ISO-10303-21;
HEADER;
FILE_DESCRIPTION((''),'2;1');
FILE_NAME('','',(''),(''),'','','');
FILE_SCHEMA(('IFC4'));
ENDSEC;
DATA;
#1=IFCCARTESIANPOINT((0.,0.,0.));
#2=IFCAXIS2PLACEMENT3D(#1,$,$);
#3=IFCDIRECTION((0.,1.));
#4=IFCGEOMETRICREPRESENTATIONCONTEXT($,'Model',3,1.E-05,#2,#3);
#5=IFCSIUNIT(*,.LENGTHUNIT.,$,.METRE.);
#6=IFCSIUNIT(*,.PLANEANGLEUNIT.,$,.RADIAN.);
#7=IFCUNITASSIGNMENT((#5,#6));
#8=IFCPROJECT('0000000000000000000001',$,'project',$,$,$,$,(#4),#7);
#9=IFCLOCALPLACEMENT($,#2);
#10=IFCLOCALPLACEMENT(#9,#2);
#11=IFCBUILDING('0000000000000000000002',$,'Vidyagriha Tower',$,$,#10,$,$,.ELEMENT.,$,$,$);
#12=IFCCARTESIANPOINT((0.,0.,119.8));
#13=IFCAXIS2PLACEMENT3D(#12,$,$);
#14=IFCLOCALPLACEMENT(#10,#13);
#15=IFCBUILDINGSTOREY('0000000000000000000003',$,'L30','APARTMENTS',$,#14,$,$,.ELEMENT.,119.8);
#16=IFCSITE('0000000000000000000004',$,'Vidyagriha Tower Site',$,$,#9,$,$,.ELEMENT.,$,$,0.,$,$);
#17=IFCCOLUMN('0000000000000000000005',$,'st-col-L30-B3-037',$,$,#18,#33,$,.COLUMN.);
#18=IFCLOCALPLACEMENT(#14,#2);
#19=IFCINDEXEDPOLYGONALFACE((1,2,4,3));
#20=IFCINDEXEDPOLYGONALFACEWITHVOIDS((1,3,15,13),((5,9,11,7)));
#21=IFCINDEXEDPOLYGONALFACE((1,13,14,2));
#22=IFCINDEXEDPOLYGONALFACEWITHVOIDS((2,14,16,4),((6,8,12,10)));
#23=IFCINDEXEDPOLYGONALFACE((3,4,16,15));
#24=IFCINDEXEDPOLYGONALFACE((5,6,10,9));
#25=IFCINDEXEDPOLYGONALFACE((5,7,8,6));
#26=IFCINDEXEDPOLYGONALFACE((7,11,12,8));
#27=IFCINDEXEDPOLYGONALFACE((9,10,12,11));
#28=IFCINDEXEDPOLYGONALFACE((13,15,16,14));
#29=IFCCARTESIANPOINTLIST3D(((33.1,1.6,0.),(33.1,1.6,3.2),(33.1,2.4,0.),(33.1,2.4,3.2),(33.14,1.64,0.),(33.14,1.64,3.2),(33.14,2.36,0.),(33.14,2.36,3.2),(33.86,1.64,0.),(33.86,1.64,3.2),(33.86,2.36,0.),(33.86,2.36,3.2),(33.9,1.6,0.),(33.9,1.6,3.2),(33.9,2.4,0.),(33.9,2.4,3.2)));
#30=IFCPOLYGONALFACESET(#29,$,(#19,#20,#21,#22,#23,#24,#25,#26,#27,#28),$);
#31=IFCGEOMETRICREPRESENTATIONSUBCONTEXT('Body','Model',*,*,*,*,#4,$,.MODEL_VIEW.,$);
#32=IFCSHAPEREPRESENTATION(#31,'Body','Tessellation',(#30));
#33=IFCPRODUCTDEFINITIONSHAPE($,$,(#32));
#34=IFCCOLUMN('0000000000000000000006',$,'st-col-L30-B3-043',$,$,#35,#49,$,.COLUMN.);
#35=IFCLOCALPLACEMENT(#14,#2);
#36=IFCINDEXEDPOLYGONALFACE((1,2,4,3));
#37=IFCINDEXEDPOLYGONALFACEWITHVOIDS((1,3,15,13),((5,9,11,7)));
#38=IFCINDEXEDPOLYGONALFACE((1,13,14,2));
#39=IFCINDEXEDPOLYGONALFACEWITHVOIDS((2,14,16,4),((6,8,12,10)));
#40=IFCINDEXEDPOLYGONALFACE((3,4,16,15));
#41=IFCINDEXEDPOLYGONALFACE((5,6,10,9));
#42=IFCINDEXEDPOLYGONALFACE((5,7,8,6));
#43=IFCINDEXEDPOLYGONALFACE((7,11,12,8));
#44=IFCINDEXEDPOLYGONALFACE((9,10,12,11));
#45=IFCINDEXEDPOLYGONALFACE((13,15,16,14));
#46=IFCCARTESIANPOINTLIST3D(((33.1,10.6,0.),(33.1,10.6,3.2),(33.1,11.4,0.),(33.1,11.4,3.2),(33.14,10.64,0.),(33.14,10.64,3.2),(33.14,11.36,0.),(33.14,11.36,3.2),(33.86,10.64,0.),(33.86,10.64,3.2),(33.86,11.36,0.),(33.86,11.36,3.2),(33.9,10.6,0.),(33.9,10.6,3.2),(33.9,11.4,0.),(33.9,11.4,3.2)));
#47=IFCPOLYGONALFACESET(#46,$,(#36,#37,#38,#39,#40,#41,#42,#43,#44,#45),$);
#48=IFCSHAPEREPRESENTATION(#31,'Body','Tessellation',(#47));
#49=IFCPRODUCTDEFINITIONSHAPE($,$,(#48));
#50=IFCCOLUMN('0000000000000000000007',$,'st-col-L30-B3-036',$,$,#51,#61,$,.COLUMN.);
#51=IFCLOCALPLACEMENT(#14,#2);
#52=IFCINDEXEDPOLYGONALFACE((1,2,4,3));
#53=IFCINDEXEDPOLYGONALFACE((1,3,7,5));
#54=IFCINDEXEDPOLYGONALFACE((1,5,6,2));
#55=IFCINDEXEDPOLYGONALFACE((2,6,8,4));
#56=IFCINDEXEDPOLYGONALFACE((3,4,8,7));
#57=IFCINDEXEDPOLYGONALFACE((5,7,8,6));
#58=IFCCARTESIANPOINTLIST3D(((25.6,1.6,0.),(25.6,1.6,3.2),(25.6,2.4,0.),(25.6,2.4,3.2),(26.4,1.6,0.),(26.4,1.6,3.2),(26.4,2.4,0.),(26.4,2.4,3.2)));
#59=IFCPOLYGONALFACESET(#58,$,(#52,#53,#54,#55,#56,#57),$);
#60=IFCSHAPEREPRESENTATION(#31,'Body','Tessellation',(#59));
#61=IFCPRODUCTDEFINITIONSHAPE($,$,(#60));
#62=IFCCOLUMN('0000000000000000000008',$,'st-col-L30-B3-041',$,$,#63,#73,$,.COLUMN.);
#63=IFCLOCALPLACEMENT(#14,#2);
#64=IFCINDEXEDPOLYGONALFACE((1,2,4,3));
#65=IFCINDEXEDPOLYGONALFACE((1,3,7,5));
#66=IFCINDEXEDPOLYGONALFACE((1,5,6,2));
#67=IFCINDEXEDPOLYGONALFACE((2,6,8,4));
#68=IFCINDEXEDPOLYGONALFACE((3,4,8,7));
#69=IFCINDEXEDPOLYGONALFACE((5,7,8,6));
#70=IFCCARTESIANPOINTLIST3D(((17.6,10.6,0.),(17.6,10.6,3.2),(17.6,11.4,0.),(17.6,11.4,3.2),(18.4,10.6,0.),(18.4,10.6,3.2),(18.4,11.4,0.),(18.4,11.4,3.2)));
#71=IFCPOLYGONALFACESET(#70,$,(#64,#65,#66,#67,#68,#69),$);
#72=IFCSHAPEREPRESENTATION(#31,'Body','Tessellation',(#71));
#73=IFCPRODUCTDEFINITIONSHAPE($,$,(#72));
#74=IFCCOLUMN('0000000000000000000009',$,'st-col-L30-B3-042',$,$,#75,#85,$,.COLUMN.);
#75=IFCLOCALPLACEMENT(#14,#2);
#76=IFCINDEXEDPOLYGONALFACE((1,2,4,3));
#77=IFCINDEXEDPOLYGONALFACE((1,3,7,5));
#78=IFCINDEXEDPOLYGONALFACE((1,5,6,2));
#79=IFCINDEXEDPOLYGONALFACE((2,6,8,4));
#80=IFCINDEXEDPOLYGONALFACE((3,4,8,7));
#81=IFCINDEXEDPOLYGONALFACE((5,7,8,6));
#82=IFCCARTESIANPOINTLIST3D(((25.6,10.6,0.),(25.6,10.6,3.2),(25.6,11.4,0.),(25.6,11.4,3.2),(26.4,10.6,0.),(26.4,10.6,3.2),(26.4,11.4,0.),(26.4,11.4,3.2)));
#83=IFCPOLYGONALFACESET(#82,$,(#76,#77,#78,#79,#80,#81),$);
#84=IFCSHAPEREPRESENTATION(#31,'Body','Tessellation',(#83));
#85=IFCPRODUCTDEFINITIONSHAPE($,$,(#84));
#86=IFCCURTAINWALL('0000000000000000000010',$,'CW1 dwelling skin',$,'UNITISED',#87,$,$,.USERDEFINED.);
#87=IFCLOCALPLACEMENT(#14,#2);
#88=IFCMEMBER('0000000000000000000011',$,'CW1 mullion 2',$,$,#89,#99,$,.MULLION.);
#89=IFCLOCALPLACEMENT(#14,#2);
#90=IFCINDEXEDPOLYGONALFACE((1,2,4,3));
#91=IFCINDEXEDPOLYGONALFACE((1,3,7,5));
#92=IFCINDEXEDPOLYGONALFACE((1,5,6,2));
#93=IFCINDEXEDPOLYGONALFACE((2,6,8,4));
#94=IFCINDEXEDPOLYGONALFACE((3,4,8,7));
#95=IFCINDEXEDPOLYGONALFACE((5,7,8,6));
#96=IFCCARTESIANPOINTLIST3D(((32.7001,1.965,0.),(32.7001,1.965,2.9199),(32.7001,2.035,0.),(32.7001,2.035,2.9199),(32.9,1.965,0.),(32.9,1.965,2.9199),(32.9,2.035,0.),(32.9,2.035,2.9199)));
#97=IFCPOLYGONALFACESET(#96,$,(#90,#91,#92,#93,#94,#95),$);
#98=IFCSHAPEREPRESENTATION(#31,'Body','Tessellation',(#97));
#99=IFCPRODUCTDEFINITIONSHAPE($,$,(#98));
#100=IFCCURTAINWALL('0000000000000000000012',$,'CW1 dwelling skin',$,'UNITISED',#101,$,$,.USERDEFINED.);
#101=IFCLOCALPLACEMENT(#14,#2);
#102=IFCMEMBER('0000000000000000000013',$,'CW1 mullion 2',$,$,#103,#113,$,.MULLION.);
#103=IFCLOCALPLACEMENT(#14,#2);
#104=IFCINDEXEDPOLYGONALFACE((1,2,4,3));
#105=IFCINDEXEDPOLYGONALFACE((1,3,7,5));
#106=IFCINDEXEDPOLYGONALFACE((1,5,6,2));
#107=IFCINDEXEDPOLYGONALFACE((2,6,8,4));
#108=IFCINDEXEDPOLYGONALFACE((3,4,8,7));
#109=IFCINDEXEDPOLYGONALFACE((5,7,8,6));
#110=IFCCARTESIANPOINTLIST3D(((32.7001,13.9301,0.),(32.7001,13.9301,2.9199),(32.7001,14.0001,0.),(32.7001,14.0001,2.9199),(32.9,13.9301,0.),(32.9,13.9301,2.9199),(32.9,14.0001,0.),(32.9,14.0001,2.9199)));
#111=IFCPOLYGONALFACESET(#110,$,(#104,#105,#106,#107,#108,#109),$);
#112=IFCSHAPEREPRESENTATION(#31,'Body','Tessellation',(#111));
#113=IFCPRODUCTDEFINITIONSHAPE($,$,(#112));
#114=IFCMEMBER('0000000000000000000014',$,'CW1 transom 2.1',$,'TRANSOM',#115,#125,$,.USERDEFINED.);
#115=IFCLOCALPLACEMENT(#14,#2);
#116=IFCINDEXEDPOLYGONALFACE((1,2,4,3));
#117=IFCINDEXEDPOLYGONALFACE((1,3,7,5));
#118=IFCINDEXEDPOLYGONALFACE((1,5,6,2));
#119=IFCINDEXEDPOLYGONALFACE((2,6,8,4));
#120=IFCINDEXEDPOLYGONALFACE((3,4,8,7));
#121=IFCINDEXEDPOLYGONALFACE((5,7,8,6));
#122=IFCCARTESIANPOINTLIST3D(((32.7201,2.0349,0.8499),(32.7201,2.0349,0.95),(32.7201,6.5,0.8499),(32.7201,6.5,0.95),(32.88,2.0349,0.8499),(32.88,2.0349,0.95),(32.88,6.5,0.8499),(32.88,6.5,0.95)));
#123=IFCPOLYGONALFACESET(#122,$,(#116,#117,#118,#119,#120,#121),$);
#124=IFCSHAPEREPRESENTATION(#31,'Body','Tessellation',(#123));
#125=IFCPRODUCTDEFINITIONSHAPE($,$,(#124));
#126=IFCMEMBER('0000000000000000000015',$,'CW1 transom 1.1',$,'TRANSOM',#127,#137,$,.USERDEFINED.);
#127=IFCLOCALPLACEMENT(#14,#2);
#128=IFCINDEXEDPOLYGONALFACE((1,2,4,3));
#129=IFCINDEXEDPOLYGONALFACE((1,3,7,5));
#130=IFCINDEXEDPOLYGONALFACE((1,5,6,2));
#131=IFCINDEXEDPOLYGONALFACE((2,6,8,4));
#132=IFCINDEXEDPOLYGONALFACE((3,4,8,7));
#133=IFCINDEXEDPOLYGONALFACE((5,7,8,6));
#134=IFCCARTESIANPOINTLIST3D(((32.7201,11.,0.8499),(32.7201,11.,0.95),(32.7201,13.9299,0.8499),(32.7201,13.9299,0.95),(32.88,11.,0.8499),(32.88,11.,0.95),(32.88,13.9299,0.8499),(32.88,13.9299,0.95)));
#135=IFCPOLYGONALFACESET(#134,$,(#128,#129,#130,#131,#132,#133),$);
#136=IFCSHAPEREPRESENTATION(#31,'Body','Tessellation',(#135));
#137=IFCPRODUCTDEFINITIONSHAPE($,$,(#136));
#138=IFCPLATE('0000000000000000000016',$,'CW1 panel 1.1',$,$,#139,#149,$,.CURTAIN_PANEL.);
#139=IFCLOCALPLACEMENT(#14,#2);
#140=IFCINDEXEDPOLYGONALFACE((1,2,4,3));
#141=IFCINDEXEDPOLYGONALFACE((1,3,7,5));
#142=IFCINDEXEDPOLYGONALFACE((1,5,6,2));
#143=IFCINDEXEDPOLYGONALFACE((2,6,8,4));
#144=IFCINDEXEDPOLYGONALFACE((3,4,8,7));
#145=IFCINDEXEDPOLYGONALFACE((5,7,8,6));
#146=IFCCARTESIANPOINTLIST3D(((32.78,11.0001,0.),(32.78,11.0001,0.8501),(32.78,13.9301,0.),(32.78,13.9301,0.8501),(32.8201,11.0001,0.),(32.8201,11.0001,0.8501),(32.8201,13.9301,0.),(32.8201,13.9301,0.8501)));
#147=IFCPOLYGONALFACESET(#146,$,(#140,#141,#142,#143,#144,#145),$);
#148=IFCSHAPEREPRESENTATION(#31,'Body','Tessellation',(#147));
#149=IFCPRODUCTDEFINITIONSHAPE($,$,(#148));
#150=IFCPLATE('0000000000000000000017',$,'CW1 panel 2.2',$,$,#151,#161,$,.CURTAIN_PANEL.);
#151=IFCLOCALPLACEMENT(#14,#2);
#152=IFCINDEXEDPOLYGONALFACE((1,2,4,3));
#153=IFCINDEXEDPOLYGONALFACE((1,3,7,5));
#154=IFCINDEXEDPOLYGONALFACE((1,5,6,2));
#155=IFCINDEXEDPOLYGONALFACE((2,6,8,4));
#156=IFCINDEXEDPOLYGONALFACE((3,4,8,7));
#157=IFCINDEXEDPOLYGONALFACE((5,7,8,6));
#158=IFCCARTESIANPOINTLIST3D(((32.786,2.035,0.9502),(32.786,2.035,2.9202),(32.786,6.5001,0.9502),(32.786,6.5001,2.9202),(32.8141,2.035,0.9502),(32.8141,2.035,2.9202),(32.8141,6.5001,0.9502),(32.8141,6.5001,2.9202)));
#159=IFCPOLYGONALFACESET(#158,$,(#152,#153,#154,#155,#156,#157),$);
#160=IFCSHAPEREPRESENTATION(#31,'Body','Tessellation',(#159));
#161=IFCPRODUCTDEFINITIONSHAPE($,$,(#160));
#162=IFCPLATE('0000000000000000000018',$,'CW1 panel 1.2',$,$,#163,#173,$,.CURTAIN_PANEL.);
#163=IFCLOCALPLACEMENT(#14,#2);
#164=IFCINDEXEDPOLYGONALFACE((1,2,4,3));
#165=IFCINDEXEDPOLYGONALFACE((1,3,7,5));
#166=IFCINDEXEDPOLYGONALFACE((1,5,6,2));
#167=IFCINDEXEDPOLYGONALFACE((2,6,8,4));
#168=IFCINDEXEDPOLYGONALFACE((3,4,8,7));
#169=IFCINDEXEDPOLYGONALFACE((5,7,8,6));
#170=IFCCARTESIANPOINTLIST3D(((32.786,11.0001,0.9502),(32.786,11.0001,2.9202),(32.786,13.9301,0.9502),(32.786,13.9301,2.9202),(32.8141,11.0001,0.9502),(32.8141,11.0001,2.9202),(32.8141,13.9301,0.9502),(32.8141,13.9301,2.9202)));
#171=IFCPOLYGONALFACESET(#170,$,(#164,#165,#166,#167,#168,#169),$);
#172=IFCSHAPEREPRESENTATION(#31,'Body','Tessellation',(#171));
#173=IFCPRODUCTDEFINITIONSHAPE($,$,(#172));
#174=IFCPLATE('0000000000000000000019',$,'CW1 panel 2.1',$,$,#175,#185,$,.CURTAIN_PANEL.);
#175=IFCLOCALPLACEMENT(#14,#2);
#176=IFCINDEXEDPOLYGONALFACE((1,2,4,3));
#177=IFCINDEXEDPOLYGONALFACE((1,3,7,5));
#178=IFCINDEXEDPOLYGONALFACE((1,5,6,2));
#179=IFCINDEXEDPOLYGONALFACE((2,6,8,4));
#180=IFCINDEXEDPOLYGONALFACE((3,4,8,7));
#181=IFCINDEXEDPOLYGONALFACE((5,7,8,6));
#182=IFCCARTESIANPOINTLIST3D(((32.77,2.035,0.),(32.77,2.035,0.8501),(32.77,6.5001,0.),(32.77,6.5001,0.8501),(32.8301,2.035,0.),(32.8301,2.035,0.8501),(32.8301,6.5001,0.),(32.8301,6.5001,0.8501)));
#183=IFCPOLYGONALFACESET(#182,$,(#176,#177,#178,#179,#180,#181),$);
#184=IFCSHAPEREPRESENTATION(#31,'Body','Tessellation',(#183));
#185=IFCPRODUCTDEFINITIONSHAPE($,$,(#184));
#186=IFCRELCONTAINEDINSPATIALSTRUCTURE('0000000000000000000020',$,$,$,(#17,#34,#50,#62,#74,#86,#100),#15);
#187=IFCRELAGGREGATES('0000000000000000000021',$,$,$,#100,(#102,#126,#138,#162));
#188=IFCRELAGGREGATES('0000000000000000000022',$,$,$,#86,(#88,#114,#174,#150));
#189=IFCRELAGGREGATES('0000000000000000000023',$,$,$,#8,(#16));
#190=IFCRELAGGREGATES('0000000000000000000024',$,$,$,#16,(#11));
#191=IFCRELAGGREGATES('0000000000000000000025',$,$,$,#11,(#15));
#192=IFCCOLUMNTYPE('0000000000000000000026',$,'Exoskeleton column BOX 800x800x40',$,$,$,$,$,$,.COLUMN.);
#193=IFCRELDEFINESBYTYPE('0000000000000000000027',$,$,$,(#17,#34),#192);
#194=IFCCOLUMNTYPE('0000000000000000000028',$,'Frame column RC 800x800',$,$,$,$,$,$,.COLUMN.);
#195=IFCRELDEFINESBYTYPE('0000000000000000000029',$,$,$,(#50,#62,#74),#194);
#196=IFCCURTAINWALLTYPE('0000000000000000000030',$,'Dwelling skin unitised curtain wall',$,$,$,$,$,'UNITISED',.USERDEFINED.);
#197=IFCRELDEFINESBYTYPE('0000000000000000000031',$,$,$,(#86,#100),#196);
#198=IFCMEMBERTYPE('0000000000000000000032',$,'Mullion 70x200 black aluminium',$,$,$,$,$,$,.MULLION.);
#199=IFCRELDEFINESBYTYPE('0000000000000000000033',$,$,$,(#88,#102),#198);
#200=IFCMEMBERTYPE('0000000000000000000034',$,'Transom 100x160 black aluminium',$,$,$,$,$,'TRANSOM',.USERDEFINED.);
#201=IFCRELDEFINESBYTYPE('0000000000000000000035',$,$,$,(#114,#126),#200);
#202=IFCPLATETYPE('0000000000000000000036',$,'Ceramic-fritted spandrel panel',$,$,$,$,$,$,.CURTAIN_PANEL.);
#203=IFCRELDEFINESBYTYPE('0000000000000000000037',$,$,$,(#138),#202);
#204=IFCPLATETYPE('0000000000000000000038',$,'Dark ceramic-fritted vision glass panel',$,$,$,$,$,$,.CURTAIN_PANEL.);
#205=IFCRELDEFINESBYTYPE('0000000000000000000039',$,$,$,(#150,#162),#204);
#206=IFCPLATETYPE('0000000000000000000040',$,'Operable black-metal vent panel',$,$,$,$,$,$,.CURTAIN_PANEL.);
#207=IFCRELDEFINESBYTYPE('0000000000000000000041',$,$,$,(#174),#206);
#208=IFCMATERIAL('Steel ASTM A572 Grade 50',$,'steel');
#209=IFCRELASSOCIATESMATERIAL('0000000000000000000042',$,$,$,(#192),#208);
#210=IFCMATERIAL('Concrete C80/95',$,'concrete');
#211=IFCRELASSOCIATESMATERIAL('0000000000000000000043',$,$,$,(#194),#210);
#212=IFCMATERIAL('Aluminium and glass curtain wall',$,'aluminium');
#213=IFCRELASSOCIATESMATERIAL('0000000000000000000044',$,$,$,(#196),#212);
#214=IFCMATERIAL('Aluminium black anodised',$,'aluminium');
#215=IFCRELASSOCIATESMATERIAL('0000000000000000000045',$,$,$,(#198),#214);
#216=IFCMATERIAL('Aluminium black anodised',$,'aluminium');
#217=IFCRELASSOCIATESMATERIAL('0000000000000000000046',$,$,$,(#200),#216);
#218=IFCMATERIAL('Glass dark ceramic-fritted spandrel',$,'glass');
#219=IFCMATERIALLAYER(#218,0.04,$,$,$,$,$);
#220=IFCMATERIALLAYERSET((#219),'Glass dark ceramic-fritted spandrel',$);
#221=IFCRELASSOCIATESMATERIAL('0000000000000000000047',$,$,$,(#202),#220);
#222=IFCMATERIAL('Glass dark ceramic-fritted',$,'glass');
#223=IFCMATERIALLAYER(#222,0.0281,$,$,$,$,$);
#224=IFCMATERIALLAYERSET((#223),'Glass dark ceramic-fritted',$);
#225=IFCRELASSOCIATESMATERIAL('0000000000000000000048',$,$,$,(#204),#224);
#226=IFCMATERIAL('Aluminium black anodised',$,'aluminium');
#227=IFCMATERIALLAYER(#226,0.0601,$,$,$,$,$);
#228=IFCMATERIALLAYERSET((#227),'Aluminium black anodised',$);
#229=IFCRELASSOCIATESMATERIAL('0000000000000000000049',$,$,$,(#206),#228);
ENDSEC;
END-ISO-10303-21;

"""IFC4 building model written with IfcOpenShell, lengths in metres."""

from ifc_helpers import new_model, si_unit, direction, frame, origin, origin_2d, place, context, subcontext, project, spatial, rectangle, hollow_rectangle, extrude, material, layer, layer_set, material_profile, profile_set, type_object, element, aggregate, save


model = new_model("IFC4")

# Units and contexts
model_context = context("Model", 3, precision=1e-05, world=origin(), true_north=direction((0.0, 1.0)))
body_context = subcontext(model_context, "Body", "Model", "MODEL_VIEW")
ifc_project = project(units=[si_unit("LENGTHUNIT", "METRE"), si_unit("PLANEANGLEUNIT", "RADIAN")], contexts=[model_context])

# Site, building, storey
site_placement = place(None, origin())
site = spatial("IfcSite", under=ifc_project, at=site_placement, Name="Vidyagriha Tower Site", CompositionType="ELEMENT", RefElevation=0.0)
building_placement = place(site_placement, origin())
building = spatial("IfcBuilding", under=site, at=building_placement, Name="Vidyagriha Tower", CompositionType="ELEMENT")
storey_placement = place(building_placement, frame((0.0, 0.0, 119.8)))
storey = spatial("IfcBuildingStorey", under=building, at=storey_placement, Name="L30", Description="APARTMENTS", CompositionType="ELEMENT", Elevation=119.8)

# Columns
ifc_material_1 = material(Name="Steel ASTM A572 Grade 50", Category="steel")
ifc_material_profile_1 = material_profile(ifc_material_1, hollow_rectangle(XDim=0.8, YDim=0.8, WallThickness=0.04, at=origin_2d()), Name="BOX 800x800x40")
ifc_profile_set_1 = profile_set([ifc_material_profile_1], Name="Steel ASTM A572 Grade 50")
column_type_1 = type_object("IfcColumnType", Name="Exoskeleton column BOX 800x800x40", PredefinedType="COLUMN", material=ifc_profile_set_1)
for number, where, name in (
    (1, (33.5, 2.0, 0.0), "st-col-L30-B3-037"),
    (2, (33.5, 11.0, 0.0), "st-col-L30-B3-043"),
):
    element("IfcColumn", number, at=place(storey_placement, frame(where)), inside=storey, type_object=column_type_1, Name=name, PredefinedType="COLUMN", context=body_context, shape_type="SweptSolid", body=[
        extrude(hollow_rectangle(XDim=0.8, YDim=0.8, WallThickness=0.04, at=origin_2d()), origin(), (0.0, 0.0, 1.0), 3.2),
    ])
ifc_material_2 = material(Name="Concrete C80/95", Category="concrete")
ifc_material_profile_2 = material_profile(ifc_material_2, rectangle(XDim=0.8, YDim=0.8, at=origin_2d()), Name="RC 800x800")
ifc_profile_set_2 = profile_set([ifc_material_profile_2], Name="Concrete C80/95")
column_type_2 = type_object("IfcColumnType", Name="Frame column RC 800x800", PredefinedType="COLUMN", material=ifc_profile_set_2)
for number, where, name in (
    (3, (26.0, 2.0, 0.0), "st-col-L30-B3-036"),
    (4, (18.0, 11.0, 0.0), "st-col-L30-B3-041"),
    (5, (26.0, 11.0, 0.0), "st-col-L30-B3-042"),
):
    element("IfcColumn", number, at=place(storey_placement, frame(where)), inside=storey, type_object=column_type_2, Name=name, PredefinedType="COLUMN", context=body_context, shape_type="SweptSolid", body=[
        extrude(rectangle(XDim=0.8, YDim=0.8, at=origin_2d()), origin(), (0.0, 0.0, 1.0), 3.2),
    ])

# Curtain walls, members
ifc_material_3 = material(Name="Aluminium and glass curtain wall", Category="aluminium")
curtain_wall_type = type_object("IfcCurtainWallType", Name="Dwelling skin unitised curtain wall", ElementType="UNITISED", PredefinedType="USERDEFINED", material=ifc_material_3)
curtain_wall_1_placement = place(storey_placement, origin())
curtain_wall_1 = element("IfcCurtainWall", 6, at=curtain_wall_1_placement, inside=storey, type_object=curtain_wall_type, Name="CW1 dwelling skin", ObjectType="UNITISED", PredefinedType="USERDEFINED")
ifc_material_4 = material(Name="Aluminium black anodised", Category="aluminium")
ifc_material_profile_3 = material_profile(ifc_material_4, rectangle(XDim=0.2, YDim=0.0701, at=origin_2d()), Name="Mullion 70x200 black aluminium")
ifc_profile_set_3 = profile_set([ifc_material_profile_3], Name="Aluminium black anodised")
member_type_1 = type_object("IfcMemberType", Name="Mullion 70x200 black aluminium", PredefinedType="MULLION", material=ifc_profile_set_3)
member_1_placement = place(storey_placement, frame((32.8, 2.0, 0.0), z_axis=(0.0, 0.0, 1.0), x_axis=(-1.0, 0.0, 0.0)))
member_1 = element("IfcMember", 7, at=member_1_placement, type_object=member_type_1, Name="CW1 mullion 2", PredefinedType="MULLION", context=body_context, shape_type="SweptSolid", body=[
    extrude(rectangle(XDim=0.2, YDim=0.0701, at=origin_2d()), origin(), (0.0, 0.0, 1.0), 2.9199),
])
curtain_wall_2_placement = place(storey_placement, origin())
curtain_wall_2 = element("IfcCurtainWall", 8, at=curtain_wall_2_placement, inside=storey, type_object=curtain_wall_type, Name="CW1 dwelling skin", ObjectType="UNITISED", PredefinedType="USERDEFINED")
member_2_placement = place(storey_placement, frame((32.8, 13.9651, 0.0), z_axis=(0.0, 0.0, 1.0), x_axis=(-1.0, 0.0, 0.0)))
member_2 = element("IfcMember", 9, at=member_2_placement, type_object=member_type_1, Name="CW1 mullion 2", PredefinedType="MULLION", context=body_context, shape_type="SweptSolid", body=[
    extrude(rectangle(XDim=0.2, YDim=0.0701, at=origin_2d()), origin(), (0.0, 0.0, 1.0), 2.9199),
])

# Members
ifc_material_5 = material(Name="Aluminium black anodised", Category="aluminium")
ifc_material_profile_4 = material_profile(ifc_material_5, rectangle(XDim=0.1599, YDim=0.1001, at=origin_2d()), Name="Transom 100x160 black aluminium")
ifc_profile_set_4 = profile_set([ifc_material_profile_4], Name="Aluminium black anodised")
member_type_2 = type_object("IfcMemberType", Name="Transom 100x160 black aluminium", ElementType="TRANSOM", PredefinedType="USERDEFINED", material=ifc_profile_set_4)
member_3_placement = place(storey_placement, frame((32.8, 2.0349, 0.8999), z_axis=(0.0, 1.0, 0.0), x_axis=(-1.0, 0.0, 0.0)))
member_3 = element("IfcMember", 10, at=member_3_placement, type_object=member_type_2, Name="CW1 transom 2.1", ObjectType="TRANSOM", PredefinedType="USERDEFINED", context=body_context, shape_type="SweptSolid", body=[
    extrude(rectangle(XDim=0.1599, YDim=0.1001, at=origin_2d()), origin(), (0.0, 0.0, 1.0), 4.4651),
])
member_4_placement = place(storey_placement, frame((32.8, 11.0, 0.8999), z_axis=(0.0, 1.0, 0.0), x_axis=(-1.0, 0.0, 0.0)))
member_4 = element("IfcMember", 11, at=member_4_placement, type_object=member_type_2, Name="CW1 transom 1.1", ObjectType="TRANSOM", PredefinedType="USERDEFINED", context=body_context, shape_type="SweptSolid", body=[
    extrude(rectangle(XDim=0.1599, YDim=0.1001, at=origin_2d()), origin(), (0.0, 0.0, 1.0), 2.9299),
])

# Plates
ifc_material_6 = material(Name="Glass dark ceramic-fritted spandrel", Category="glass")
ifc_layer_1 = layer(ifc_material_6, 0.04)
ifc_layer_set_1 = layer_set([ifc_layer_1], Name="Glass dark ceramic-fritted spandrel")
plate_type_1 = type_object("IfcPlateType", Name="Ceramic-fritted spandrel panel", PredefinedType="CURTAIN_PANEL", material=ifc_layer_set_1)
plate_1_placement = place(storey_placement, frame((32.8, 12.4651, 0.0), z_axis=(0.0, 0.0, 1.0), x_axis=(0.0, 1.0, 0.0)))
plate_1 = element("IfcPlate", 12, at=plate_1_placement, type_object=plate_type_1, Name="CW1 panel 1.1", PredefinedType="CURTAIN_PANEL", context=body_context, shape_type="SweptSolid", body=[
    extrude(rectangle(XDim=2.9299, YDim=0.04, at=origin_2d()), origin(), (0.0, 0.0, 1.0), 0.8501),
])
ifc_material_7 = material(Name="Glass dark ceramic-fritted", Category="glass")
ifc_layer_2 = layer(ifc_material_7, 0.0281)
ifc_layer_set_2 = layer_set([ifc_layer_2], Name="Glass dark ceramic-fritted")
plate_type_2 = type_object("IfcPlateType", Name="Dark ceramic-fritted vision glass panel", PredefinedType="CURTAIN_PANEL", material=ifc_layer_set_2)
plate_2_placement = place(storey_placement, frame((32.8, 4.2676, 0.9502), z_axis=(0.0, 0.0, 1.0), x_axis=(0.0, 1.0, 0.0)))
plate_2 = element("IfcPlate", 13, at=plate_2_placement, type_object=plate_type_2, Name="CW1 panel 2.2", PredefinedType="CURTAIN_PANEL", context=body_context, shape_type="SweptSolid", body=[
    extrude(rectangle(XDim=4.4651, YDim=0.0281, at=origin_2d()), origin(), (0.0, 0.0, 1.0), 1.97),
])
plate_3_placement = place(storey_placement, frame((32.8, 12.4651, 0.9502), z_axis=(0.0, 0.0, 1.0), x_axis=(0.0, 1.0, 0.0)))
plate_3 = element("IfcPlate", 14, at=plate_3_placement, type_object=plate_type_2, Name="CW1 panel 1.2", PredefinedType="CURTAIN_PANEL", context=body_context, shape_type="SweptSolid", body=[
    extrude(rectangle(XDim=2.9299, YDim=0.0281, at=origin_2d()), origin(), (0.0, 0.0, 1.0), 1.97),
])
aggregate(curtain_wall_2, [member_2, member_4, plate_1, plate_3])
ifc_material_8 = material(Name="Aluminium black anodised", Category="aluminium")
ifc_layer_3 = layer(ifc_material_8, 0.0601)
ifc_layer_set_3 = layer_set([ifc_layer_3], Name="Aluminium black anodised")
plate_type_3 = type_object("IfcPlateType", Name="Operable black-metal vent panel", PredefinedType="CURTAIN_PANEL", material=ifc_layer_set_3)
plate_4_placement = place(storey_placement, frame((32.8, 4.2676, 0.0), z_axis=(0.0, 0.0, 1.0), x_axis=(0.0, 1.0, 0.0)))
plate_4 = element("IfcPlate", 15, at=plate_4_placement, type_object=plate_type_3, Name="CW1 panel 2.1", PredefinedType="CURTAIN_PANEL", context=body_context, shape_type="SweptSolid", body=[
    extrude(rectangle(XDim=4.4651, YDim=0.0601, at=origin_2d()), origin(), (0.0, 0.0, 1.0), 0.8501),
])
aggregate(curtain_wall_1, [member_1, member_3, plate_4, plate_2])

save(model, "model.ifc")
